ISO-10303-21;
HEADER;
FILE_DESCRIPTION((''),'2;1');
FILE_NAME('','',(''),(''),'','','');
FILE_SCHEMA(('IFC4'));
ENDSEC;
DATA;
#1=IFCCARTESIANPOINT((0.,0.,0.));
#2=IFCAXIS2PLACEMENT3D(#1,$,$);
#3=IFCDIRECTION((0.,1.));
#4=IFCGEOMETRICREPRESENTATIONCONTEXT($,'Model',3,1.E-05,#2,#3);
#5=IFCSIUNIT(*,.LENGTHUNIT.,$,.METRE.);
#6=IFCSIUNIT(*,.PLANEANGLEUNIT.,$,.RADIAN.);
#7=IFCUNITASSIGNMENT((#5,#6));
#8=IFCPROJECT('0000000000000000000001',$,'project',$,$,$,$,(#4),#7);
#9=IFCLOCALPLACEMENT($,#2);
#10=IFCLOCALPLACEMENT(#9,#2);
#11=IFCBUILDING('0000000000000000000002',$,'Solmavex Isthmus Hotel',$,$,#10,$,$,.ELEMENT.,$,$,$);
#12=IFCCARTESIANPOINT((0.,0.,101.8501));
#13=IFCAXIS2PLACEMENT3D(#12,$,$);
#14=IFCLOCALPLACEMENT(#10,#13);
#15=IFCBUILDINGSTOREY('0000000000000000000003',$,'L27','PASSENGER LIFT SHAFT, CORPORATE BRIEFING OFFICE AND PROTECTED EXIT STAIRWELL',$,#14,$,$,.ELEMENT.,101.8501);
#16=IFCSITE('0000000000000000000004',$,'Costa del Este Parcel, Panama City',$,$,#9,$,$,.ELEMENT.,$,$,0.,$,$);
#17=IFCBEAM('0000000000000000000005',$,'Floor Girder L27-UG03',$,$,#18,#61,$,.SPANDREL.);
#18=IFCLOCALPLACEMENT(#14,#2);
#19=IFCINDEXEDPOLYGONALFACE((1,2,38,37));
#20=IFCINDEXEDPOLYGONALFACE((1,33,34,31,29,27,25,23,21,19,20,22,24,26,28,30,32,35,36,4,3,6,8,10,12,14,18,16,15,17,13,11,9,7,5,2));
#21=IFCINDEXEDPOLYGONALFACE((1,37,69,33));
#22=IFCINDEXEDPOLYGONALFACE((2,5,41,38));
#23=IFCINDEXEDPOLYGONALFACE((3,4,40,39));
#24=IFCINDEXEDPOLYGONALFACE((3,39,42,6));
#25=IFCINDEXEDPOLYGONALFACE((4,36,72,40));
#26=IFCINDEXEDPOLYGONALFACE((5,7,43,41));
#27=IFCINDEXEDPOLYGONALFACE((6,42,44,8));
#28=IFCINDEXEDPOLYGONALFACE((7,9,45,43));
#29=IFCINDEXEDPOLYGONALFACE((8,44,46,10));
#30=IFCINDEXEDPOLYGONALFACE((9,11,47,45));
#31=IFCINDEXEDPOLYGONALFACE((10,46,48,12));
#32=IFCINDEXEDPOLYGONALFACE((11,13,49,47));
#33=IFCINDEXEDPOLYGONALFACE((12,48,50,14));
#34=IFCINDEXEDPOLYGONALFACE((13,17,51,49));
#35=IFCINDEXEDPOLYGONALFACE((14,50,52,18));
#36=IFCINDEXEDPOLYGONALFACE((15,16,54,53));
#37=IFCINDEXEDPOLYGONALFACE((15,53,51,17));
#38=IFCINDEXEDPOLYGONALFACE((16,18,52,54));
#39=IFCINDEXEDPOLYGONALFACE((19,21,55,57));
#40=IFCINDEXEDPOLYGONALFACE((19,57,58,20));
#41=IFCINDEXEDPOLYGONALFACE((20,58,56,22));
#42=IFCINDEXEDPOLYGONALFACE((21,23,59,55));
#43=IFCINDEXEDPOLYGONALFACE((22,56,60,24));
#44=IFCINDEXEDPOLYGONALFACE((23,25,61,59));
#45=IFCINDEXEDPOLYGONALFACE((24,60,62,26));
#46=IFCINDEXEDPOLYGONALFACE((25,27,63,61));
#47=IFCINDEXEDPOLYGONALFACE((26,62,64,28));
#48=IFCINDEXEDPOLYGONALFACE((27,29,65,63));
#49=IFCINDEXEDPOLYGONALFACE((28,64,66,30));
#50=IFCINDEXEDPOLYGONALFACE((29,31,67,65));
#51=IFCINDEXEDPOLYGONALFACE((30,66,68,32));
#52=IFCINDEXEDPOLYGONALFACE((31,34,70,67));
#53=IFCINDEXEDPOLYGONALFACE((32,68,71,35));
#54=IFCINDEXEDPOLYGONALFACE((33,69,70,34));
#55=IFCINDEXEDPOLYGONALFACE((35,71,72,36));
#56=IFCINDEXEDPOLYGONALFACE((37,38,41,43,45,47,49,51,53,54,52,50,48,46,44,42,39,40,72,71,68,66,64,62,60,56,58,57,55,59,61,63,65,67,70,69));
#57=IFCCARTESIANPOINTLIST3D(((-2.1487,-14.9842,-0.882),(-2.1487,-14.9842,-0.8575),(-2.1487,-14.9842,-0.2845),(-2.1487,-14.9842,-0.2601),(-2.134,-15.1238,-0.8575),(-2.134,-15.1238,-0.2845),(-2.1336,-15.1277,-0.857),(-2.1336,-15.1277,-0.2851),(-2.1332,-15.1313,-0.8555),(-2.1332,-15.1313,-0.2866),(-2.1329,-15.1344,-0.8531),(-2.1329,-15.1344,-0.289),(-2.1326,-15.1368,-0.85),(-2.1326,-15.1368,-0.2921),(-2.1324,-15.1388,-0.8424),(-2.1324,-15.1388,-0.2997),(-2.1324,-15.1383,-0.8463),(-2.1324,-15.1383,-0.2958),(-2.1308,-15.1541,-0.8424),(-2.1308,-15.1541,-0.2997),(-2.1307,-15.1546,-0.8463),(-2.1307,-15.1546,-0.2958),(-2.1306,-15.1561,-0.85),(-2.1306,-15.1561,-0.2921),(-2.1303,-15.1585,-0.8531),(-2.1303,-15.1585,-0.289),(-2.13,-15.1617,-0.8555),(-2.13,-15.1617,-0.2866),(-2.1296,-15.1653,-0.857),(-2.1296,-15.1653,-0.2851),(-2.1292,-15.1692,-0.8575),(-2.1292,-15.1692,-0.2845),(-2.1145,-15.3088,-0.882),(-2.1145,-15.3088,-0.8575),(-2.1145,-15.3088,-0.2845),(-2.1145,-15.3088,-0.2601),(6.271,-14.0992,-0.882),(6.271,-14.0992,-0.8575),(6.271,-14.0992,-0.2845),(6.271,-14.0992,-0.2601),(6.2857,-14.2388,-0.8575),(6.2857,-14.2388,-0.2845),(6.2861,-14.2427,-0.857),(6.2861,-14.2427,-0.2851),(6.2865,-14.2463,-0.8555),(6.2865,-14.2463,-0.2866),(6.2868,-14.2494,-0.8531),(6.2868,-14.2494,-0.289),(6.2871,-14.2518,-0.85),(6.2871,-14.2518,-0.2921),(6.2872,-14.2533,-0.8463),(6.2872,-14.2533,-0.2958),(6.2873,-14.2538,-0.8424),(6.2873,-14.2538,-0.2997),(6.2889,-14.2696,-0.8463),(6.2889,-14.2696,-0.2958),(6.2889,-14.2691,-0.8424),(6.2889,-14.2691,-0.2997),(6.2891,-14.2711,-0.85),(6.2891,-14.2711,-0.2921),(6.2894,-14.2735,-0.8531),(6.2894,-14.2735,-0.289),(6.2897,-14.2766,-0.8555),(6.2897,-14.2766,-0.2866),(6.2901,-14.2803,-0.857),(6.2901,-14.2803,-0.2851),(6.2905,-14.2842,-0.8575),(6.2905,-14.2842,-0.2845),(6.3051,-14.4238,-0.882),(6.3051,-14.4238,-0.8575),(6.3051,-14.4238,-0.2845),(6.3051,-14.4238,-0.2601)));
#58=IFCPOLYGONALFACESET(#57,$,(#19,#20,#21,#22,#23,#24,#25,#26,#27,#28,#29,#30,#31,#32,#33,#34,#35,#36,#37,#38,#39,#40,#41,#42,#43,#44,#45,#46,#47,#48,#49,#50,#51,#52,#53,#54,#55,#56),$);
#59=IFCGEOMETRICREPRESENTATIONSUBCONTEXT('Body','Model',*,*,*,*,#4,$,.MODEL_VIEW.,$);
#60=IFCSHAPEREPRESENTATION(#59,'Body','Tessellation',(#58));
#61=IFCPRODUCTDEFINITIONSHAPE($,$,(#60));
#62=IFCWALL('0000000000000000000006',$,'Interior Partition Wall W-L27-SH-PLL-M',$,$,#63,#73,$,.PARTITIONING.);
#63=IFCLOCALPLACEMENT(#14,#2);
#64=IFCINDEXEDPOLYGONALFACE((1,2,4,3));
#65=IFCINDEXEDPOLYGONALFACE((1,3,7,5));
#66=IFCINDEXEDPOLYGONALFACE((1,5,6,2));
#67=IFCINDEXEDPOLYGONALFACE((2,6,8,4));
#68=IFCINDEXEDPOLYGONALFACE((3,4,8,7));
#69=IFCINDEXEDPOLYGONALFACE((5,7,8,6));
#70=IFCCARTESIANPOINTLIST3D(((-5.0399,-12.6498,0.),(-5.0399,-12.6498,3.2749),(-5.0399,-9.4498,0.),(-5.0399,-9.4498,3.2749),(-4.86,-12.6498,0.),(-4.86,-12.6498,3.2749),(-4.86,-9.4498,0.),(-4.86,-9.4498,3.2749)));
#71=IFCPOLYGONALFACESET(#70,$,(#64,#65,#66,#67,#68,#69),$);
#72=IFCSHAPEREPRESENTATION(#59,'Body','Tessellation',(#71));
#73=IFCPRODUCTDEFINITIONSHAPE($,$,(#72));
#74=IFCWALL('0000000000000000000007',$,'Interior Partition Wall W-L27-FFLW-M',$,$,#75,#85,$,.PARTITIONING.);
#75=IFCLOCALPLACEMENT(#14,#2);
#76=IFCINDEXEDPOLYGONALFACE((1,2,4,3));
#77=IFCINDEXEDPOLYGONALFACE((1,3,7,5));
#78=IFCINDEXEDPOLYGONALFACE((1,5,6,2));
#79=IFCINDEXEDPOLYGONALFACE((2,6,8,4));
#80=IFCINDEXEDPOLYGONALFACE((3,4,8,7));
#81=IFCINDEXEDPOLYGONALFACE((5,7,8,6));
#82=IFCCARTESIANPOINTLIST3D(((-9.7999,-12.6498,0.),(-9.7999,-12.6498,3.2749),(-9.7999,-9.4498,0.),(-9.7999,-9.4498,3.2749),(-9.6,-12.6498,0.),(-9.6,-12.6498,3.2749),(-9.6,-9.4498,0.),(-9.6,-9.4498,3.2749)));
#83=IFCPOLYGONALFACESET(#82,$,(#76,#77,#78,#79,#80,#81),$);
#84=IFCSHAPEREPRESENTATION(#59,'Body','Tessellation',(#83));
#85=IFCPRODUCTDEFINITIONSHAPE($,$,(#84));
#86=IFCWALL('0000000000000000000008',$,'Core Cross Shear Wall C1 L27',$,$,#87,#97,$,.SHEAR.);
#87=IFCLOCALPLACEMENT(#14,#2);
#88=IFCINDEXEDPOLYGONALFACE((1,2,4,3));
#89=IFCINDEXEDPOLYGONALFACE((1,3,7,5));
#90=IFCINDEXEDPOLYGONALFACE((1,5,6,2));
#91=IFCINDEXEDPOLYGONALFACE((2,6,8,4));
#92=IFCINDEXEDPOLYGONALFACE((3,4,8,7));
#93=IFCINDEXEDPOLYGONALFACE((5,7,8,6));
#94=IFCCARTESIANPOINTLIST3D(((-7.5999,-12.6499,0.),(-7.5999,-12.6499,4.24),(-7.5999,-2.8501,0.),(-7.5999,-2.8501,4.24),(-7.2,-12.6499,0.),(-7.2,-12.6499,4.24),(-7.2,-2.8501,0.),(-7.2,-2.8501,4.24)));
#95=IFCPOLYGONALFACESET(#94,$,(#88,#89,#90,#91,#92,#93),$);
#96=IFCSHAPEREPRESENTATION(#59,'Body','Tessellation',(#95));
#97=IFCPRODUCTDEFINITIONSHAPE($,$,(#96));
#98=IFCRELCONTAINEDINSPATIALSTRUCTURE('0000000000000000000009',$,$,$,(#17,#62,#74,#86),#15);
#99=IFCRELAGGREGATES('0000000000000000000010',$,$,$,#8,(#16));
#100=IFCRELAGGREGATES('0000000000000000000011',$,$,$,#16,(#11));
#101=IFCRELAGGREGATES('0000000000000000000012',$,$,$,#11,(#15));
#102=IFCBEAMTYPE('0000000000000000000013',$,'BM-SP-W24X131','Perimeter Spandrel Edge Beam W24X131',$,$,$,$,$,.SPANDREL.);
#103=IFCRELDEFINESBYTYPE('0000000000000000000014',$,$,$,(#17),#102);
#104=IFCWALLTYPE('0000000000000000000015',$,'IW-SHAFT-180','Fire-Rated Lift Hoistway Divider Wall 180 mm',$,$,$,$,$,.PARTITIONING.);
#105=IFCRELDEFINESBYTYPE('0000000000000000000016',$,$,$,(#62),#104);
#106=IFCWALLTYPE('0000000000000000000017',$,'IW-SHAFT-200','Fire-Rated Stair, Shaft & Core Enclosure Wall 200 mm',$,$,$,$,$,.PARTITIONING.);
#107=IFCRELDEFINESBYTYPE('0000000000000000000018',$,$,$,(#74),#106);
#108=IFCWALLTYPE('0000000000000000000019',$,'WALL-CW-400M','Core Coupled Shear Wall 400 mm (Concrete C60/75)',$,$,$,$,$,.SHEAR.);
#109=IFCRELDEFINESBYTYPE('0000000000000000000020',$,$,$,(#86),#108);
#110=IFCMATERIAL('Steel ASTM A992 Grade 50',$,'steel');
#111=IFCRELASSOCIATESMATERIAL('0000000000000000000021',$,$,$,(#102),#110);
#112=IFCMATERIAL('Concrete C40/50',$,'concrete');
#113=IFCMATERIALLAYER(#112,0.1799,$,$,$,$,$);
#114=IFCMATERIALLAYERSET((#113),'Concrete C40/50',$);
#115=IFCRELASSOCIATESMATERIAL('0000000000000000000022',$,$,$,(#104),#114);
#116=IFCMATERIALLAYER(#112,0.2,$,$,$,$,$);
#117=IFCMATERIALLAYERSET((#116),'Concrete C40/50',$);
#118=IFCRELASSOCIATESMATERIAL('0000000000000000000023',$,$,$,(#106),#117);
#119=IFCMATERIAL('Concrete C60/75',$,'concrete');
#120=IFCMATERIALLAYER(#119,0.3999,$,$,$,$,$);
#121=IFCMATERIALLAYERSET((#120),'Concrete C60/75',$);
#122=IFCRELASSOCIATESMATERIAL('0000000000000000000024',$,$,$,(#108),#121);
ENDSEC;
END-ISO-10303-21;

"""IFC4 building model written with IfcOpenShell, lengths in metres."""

from ifc_helpers import new_model, si_unit, direction, frame, frame_2d, origin, origin_2d, place, context, subcontext, project, spatial, rectangle, i_section, extrude, material, layer, layer_set, material_profile, profile_set, type_object, element, save


model = new_model("IFC4")

# Units and contexts
model_context = context("Model", 3, precision=1e-05, world=origin(), true_north=direction((0.0, 1.0)))
body_context = subcontext(model_context, "Body", "Model", "MODEL_VIEW")
ifc_project = project(units=[si_unit("LENGTHUNIT", "METRE"), si_unit("PLANEANGLEUNIT", "RADIAN")], contexts=[model_context])

# Site, building, storey
site_placement = place(None, origin())
site = spatial("IfcSite", under=ifc_project, at=site_placement, Name="Costa del Este Parcel, Panama City", CompositionType="ELEMENT", RefElevation=0.0)
building_placement = place(site_placement, origin())
building = spatial("IfcBuilding", under=site, at=building_placement, Name="Solmavex Isthmus Hotel", CompositionType="ELEMENT")
storey_placement = place(building_placement, frame((0.0, 0.0, 101.8501)))
storey = spatial("IfcBuildingStorey", under=building, at=storey_placement, Name="L27", Description="PASSENGER LIFT SHAFT, CORPORATE BRIEFING OFFICE AND PROTECTED EXIT STAIRWELL", CompositionType="ELEMENT", Elevation=101.8501)

# Shared definitions
ifc_material_1 = material(Name="Concrete C60/75", Category="concrete")

# Beam
ifc_material_2 = material(Name="Steel ASTM A992 Grade 50", Category="steel")
ifc_material_profile_1 = material_profile(ifc_material_2, i_section(OverallWidth=0.3264, OverallDepth=0.6218, WebThickness=0.0154, FlangeThickness=0.0244, FilletRadius=0.0151, at=origin_2d()), Name="W24X131")
ifc_profile_set_1 = profile_set([ifc_material_profile_1], Name="Steel ASTM A992 Grade 50")
beam_type_1 = type_object("IfcBeamType", Name="BM-SP-W24X131", Description="Perimeter Spandrel Edge Beam W24X131", PredefinedType="SPANDREL", material=ifc_profile_set_1)
beam_1_placement = place(storey_placement, frame((-2.1316, -15.1465, -0.571), z_axis=(0.994521, 0.104536, 0.0), x_axis=(-0.104536, 0.994521, 0.0)))
element("IfcBeam", 1, at=beam_1_placement, inside=storey, type_object=beam_type_1, Name="Floor Girder L27-UG03", PredefinedType="SPANDREL", context=body_context, shape_type="SweptSolid", body=[
    extrude(i_section(OverallWidth=0.3264, OverallDepth=0.6218, WebThickness=0.0154, FlangeThickness=0.0244, FilletRadius=0.0151, at=origin_2d()), origin(), (0.0, 0.0, 1.0), 8.4661),
])

# Walls
ifc_material_3 = material(Name="Concrete C40/50", Category="concrete")
ifc_layer_1 = layer(ifc_material_3, 0.1799)
ifc_layer_set_1 = layer_set([ifc_layer_1], Name="Concrete C40/50")
wall_type_1 = type_object("IfcWallType", Name="IW-SHAFT-180", Description="Fire-Rated Lift Hoistway Divider Wall 180 mm", PredefinedType="PARTITIONING", material=ifc_layer_set_1)
wall_1_placement = place(storey_placement, frame((-4.95, -12.6499, 0.0), z_axis=(0.0, 0.0, 1.0), x_axis=(0.0, 1.0, 0.0)))
element("IfcWall", 2, at=wall_1_placement, inside=storey, type_object=wall_type_1, Name="Interior Partition Wall W-L27-SH-PLL-M", PredefinedType="PARTITIONING", context=body_context, shape_type="SweptSolid", body=[
    extrude(rectangle(XDim=3.2, YDim=0.1799, at=frame_2d((1.6001, 0.0))), origin(), (0.0, 0.0, 1.0), 3.2749),
])
ifc_layer_2 = layer(ifc_material_3, 0.2)
ifc_layer_set_2 = layer_set([ifc_layer_2], Name="Concrete C40/50")
wall_type_2 = type_object("IfcWallType", Name="IW-SHAFT-200", Description="Fire-Rated Stair, Shaft & Core Enclosure Wall 200 mm", PredefinedType="PARTITIONING", material=ifc_layer_set_2)
wall_2_placement = place(storey_placement, frame((-9.7, -12.6499, 0.0), z_axis=(0.0, 0.0, 1.0), x_axis=(0.0, 1.0, 0.0)))
element("IfcWall", 3, at=wall_2_placement, inside=storey, type_object=wall_type_2, Name="Interior Partition Wall W-L27-FFLW-M", PredefinedType="PARTITIONING", context=body_context, shape_type="SweptSolid", body=[
    extrude(rectangle(XDim=3.2, YDim=0.2, at=frame_2d((1.6001, 0.0))), origin(), (0.0, 0.0, 1.0), 3.2749),
])
ifc_layer_3 = layer(ifc_material_1, 0.3999)
ifc_layer_set_3 = layer_set([ifc_layer_3], Name="Concrete C60/75")
wall_type_3 = type_object("IfcWallType", Name="WALL-CW-400M", Description="Core Coupled Shear Wall 400 mm (Concrete C60/75)", PredefinedType="SHEAR", material=ifc_layer_set_3)
wall_3_placement = place(storey_placement, frame((-7.3999, -12.6499, 0.0), z_axis=(0.0, 0.0, 1.0), x_axis=(0.0, 1.0, 0.0)))
element("IfcWall", 4, at=wall_3_placement, inside=storey, type_object=wall_type_3, Name="Core Cross Shear Wall C1 L27", PredefinedType="SHEAR", context=body_context, shape_type="SweptSolid", body=[
    extrude(rectangle(XDim=9.7998, YDim=0.3999, at=frame_2d((4.8999, 0.0))), origin(), (0.0, 0.0, 1.0), 4.24),
])

save(model, "model.ifc")
